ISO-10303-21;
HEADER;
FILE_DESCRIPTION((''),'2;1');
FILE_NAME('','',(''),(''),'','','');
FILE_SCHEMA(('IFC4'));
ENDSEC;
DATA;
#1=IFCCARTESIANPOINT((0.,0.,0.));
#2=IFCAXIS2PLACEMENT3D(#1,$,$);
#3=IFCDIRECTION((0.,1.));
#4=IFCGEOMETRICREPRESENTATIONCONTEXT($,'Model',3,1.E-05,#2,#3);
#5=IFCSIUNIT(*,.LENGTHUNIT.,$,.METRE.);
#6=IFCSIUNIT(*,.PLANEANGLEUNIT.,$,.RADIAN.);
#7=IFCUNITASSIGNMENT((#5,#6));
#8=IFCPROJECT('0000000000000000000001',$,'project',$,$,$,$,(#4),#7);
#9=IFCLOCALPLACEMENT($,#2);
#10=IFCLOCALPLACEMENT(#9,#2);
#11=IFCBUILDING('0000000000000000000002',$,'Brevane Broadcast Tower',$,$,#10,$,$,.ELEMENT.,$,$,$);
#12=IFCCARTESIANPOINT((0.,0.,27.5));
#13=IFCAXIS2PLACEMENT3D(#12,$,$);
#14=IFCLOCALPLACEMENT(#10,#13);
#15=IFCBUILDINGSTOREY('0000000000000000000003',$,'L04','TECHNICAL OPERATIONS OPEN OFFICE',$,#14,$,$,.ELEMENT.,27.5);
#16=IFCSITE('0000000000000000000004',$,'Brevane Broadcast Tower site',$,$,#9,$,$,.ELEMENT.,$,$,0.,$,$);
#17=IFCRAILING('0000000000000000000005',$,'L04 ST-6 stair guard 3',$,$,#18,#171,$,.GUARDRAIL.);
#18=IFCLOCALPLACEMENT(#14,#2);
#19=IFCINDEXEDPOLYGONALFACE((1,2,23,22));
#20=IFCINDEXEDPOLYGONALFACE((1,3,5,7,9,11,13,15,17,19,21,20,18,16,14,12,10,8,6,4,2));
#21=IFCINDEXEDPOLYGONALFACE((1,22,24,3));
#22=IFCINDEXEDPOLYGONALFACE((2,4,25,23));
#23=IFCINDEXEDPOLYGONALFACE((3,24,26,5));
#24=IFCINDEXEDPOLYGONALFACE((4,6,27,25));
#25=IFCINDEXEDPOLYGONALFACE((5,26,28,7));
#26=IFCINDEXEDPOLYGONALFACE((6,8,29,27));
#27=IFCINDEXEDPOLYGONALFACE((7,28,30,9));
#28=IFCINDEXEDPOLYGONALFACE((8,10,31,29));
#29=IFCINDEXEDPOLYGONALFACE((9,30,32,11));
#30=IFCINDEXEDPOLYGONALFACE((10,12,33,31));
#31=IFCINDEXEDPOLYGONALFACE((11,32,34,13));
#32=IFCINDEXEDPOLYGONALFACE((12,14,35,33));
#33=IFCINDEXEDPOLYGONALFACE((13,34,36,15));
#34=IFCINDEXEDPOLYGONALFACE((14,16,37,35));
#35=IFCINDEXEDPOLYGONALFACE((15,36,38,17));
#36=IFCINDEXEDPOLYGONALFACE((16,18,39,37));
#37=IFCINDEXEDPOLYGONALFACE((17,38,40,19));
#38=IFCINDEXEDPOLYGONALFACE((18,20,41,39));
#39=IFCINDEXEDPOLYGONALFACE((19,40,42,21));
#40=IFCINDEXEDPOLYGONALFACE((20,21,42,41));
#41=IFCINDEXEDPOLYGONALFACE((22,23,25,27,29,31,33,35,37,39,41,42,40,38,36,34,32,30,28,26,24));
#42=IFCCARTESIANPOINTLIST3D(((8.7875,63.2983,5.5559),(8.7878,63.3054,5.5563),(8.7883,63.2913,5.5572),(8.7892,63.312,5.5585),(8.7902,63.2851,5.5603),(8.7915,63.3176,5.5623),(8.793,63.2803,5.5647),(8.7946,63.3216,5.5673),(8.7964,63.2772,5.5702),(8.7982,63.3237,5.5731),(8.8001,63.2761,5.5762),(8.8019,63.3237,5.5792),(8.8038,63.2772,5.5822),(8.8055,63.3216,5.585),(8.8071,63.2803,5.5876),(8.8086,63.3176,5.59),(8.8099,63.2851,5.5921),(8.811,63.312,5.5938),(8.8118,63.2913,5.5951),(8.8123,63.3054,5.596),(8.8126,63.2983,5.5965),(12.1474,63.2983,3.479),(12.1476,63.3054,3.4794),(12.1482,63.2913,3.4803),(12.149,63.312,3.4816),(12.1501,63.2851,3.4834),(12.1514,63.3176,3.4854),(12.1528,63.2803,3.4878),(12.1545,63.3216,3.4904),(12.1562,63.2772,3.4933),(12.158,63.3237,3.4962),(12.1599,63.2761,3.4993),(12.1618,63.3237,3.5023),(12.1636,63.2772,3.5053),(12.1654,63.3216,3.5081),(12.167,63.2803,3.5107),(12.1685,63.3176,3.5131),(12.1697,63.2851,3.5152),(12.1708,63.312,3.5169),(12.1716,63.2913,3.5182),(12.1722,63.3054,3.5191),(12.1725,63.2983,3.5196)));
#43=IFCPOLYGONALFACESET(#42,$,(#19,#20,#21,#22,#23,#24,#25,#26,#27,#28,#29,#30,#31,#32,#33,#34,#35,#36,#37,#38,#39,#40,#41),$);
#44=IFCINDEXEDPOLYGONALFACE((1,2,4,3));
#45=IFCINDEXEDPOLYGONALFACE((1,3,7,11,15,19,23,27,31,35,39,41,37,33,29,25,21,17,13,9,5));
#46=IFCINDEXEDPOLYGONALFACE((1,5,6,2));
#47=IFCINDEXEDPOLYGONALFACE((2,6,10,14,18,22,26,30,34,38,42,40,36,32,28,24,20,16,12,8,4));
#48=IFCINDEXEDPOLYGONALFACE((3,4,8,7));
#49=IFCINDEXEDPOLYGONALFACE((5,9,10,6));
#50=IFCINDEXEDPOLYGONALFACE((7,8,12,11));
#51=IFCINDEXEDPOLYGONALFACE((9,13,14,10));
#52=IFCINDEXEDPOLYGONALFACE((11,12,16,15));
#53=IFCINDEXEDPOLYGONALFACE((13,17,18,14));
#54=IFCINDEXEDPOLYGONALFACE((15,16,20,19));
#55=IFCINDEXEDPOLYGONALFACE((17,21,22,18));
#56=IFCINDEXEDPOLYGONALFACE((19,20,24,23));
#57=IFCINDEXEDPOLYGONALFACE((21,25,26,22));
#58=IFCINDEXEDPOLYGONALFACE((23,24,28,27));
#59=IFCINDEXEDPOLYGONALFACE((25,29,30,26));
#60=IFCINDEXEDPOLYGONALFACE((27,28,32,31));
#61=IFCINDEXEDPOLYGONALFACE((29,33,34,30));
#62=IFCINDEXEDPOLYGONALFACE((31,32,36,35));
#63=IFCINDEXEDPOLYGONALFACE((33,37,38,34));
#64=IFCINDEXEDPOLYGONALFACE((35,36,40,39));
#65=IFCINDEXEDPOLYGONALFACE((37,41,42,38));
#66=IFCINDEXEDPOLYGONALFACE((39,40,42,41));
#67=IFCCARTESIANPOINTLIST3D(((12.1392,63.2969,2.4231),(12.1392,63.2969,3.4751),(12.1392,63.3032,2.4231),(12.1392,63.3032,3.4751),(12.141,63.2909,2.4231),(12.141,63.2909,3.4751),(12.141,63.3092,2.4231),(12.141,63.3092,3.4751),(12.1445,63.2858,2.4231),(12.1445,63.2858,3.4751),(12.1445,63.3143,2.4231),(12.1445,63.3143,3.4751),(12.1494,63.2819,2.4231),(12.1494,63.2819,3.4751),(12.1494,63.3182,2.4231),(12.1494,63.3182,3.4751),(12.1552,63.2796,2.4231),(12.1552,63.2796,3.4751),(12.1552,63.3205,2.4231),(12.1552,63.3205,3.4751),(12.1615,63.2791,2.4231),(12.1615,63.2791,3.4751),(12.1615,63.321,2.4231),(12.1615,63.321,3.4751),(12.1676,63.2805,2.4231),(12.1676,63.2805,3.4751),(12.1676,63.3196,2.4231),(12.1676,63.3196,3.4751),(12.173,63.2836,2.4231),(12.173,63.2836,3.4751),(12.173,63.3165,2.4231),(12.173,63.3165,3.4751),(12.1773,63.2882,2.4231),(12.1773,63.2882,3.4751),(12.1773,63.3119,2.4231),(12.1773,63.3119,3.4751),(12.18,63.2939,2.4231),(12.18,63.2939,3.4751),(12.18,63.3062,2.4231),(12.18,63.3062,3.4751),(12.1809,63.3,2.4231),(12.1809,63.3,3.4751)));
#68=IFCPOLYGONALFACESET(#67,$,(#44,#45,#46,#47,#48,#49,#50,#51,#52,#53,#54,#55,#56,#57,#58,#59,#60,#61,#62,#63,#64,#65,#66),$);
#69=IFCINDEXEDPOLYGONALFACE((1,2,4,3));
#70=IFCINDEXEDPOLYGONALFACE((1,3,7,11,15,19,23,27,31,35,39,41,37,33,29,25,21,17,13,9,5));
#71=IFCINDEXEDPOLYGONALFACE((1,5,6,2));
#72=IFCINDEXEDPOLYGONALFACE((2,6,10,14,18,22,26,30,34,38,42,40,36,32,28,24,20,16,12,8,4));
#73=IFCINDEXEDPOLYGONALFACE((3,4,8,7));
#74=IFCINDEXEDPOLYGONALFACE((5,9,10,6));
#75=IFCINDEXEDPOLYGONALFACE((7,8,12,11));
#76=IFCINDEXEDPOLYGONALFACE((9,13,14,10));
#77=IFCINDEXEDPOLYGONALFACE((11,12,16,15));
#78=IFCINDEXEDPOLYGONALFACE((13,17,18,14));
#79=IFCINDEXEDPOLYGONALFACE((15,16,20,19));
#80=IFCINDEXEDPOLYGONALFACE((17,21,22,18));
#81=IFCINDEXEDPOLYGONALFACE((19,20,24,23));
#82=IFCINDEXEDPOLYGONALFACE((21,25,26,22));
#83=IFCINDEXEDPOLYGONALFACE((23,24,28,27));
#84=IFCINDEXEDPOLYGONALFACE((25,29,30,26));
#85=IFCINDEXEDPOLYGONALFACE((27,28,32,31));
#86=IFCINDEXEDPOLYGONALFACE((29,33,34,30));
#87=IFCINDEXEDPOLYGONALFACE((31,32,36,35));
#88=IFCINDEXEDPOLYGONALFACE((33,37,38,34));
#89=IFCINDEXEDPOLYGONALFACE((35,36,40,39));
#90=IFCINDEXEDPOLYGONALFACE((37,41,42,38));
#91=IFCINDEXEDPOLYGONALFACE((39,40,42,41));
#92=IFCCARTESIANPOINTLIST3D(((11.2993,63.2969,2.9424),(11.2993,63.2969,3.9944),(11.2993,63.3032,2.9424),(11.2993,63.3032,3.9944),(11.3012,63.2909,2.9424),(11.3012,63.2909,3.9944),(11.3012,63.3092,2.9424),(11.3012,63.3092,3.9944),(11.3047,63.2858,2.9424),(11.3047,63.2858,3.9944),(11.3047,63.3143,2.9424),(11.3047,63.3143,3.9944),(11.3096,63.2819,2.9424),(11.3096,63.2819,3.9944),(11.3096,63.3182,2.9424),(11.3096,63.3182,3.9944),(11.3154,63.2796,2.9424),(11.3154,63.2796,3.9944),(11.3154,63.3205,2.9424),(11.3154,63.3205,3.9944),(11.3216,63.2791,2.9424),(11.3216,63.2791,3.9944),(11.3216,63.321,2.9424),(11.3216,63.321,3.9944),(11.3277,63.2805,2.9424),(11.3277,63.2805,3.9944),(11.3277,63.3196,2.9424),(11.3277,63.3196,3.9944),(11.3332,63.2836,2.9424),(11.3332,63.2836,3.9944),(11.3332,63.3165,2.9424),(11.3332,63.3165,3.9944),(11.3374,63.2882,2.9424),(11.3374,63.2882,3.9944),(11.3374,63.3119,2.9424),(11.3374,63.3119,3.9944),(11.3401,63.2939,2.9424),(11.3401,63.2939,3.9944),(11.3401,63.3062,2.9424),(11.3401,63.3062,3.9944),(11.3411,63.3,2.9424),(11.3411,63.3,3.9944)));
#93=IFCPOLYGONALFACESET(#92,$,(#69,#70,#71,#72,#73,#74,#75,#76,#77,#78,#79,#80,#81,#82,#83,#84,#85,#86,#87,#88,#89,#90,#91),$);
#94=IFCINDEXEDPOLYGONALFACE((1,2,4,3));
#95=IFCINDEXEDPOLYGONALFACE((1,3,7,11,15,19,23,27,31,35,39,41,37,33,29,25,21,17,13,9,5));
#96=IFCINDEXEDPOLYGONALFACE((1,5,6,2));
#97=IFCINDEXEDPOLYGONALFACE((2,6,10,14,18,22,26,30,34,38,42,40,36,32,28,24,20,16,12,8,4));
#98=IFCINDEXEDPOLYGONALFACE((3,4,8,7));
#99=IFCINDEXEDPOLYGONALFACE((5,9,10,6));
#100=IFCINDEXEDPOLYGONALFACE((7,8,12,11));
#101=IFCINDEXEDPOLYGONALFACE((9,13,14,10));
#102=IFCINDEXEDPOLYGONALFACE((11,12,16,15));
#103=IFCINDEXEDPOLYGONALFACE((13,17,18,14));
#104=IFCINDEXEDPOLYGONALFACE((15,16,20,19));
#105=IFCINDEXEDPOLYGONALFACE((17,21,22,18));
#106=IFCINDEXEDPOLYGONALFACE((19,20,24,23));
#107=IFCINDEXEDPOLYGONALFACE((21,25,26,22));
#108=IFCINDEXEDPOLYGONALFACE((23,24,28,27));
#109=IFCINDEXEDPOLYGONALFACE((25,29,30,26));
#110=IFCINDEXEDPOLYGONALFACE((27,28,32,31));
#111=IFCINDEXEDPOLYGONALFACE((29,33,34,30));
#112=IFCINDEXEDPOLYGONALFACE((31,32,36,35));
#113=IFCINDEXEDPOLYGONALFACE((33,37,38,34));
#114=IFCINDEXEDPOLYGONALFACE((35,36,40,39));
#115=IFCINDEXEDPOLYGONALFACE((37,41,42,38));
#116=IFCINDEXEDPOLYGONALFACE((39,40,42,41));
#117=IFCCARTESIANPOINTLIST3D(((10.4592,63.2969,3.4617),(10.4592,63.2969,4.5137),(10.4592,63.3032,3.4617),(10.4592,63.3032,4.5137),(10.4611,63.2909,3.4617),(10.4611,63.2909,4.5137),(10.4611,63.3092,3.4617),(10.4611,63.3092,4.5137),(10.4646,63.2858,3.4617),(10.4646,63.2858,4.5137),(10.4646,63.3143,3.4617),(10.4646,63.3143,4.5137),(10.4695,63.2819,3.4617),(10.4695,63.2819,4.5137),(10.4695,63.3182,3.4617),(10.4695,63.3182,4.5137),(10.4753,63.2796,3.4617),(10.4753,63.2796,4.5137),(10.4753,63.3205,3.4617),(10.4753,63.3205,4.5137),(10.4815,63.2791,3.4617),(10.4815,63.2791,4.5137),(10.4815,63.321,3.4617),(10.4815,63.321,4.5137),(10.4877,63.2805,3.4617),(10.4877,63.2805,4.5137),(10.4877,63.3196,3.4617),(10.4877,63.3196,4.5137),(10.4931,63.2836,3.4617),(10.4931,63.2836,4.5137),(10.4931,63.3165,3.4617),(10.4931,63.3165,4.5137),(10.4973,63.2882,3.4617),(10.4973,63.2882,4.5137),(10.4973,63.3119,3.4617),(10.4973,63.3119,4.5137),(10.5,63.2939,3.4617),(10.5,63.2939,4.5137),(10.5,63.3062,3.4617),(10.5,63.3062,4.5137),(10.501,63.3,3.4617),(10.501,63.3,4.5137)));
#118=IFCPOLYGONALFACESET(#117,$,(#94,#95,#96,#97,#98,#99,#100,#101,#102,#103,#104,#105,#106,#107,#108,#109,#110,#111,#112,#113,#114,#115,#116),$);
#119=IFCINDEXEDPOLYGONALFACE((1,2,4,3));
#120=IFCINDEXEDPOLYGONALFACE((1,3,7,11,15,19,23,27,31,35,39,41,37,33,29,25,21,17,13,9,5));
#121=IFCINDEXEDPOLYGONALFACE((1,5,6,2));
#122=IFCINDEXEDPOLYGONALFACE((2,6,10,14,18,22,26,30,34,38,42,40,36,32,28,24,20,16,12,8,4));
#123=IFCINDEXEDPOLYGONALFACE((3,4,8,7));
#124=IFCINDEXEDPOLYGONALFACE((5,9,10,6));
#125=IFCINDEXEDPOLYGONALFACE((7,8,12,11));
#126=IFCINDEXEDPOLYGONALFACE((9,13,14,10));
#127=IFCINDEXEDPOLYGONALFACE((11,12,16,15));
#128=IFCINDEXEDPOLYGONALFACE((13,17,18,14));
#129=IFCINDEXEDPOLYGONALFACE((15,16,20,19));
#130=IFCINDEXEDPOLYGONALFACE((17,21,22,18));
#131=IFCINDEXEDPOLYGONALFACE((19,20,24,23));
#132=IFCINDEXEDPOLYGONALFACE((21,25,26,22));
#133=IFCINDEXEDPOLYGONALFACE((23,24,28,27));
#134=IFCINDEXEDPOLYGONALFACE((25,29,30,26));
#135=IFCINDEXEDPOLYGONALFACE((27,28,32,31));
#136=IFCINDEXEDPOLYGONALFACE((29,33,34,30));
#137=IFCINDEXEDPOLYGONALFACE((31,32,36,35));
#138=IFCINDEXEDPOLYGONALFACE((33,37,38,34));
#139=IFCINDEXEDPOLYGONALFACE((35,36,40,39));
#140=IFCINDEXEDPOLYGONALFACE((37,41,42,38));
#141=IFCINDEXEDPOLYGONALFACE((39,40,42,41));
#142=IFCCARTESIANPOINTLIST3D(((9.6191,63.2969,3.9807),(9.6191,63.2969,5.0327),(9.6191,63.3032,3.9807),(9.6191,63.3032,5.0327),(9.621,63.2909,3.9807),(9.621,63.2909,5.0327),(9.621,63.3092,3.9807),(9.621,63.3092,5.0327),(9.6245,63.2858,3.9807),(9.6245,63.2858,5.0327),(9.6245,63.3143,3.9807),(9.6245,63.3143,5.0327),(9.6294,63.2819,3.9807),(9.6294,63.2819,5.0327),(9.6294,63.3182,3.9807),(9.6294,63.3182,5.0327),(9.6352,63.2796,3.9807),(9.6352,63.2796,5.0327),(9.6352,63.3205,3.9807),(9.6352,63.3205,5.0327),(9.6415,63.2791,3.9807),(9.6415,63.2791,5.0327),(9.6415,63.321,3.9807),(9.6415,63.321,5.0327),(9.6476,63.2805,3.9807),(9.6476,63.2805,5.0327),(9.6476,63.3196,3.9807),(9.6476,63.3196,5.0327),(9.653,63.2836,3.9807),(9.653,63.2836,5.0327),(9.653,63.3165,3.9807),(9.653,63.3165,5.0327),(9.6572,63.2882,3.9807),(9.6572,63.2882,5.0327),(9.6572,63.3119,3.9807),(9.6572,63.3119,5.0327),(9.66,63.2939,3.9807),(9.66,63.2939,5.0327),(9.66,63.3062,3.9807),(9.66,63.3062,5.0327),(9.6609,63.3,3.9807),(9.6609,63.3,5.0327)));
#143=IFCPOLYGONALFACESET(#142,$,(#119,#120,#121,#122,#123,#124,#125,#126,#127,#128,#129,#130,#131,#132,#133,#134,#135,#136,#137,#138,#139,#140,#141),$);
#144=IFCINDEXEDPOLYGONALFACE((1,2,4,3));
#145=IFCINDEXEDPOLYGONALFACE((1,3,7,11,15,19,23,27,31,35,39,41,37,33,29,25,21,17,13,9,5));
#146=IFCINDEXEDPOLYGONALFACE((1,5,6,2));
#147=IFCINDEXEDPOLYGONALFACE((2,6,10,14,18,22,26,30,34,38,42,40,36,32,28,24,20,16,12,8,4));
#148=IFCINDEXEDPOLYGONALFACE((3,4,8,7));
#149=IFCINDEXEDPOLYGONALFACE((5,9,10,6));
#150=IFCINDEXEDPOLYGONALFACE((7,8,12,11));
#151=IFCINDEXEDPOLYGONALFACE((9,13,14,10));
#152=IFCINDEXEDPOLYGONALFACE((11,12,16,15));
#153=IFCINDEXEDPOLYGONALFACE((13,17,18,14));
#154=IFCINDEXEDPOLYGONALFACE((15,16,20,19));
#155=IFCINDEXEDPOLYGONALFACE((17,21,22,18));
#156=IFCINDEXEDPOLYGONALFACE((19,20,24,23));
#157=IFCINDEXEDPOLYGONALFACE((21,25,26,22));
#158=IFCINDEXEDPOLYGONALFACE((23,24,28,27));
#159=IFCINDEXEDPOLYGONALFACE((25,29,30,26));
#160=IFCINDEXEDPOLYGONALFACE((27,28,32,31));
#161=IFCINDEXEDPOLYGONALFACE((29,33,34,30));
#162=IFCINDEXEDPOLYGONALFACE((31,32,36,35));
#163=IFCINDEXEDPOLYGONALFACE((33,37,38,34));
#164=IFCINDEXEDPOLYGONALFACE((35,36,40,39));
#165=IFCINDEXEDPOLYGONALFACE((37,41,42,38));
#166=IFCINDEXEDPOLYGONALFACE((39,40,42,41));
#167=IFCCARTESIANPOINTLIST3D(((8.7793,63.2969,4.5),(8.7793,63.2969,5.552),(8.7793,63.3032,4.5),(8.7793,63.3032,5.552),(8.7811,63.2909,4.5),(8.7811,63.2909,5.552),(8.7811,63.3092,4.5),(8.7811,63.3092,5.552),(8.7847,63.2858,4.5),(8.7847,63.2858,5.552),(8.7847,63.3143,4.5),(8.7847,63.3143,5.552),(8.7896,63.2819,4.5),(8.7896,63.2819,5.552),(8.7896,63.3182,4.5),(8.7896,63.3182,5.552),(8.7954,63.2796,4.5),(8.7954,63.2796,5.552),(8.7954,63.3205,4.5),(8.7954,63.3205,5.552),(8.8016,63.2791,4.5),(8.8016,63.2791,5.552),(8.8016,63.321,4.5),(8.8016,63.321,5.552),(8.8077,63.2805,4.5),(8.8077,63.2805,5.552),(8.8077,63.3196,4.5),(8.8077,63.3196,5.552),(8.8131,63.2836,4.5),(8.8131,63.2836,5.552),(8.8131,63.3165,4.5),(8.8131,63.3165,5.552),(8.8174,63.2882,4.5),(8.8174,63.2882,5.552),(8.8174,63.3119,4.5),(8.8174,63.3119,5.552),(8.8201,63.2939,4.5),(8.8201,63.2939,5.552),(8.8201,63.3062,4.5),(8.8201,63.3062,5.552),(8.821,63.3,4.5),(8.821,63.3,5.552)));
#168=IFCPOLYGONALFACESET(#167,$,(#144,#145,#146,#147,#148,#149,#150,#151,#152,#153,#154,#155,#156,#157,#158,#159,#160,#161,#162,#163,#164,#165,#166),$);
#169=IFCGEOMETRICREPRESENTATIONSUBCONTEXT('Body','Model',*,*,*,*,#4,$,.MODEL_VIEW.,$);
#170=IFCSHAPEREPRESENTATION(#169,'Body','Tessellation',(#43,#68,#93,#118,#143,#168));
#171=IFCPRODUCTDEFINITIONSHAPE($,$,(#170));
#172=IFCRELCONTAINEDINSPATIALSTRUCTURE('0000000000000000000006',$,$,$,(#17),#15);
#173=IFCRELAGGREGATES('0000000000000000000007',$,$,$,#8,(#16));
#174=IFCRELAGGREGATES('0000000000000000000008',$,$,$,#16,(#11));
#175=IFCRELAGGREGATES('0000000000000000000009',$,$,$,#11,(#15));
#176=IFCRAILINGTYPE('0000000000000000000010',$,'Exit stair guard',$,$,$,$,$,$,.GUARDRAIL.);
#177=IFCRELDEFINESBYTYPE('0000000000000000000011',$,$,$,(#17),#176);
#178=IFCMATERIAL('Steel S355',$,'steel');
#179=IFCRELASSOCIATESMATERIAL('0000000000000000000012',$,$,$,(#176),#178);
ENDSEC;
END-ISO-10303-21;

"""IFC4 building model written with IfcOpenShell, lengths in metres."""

from ifc_helpers import new_model, si_unit, direction, frame, origin, origin_2d, place, context, subcontext, project, spatial, circle, extrude, material, type_object, element, save


model = new_model("IFC4")

# Units and contexts
model_context = context("Model", 3, precision=1e-05, world=origin(), true_north=direction((0.0, 1.0)))
body_context = subcontext(model_context, "Body", "Model", "MODEL_VIEW")
ifc_project = project(units=[si_unit("LENGTHUNIT", "METRE"), si_unit("PLANEANGLEUNIT", "RADIAN")], contexts=[model_context])

# Site, building, storey
site_placement = place(None, origin())
site = spatial("IfcSite", under=ifc_project, at=site_placement, Name="Brevane Broadcast Tower site", CompositionType="ELEMENT", RefElevation=0.0)
building_placement = place(site_placement, origin())
building = spatial("IfcBuilding", under=site, at=building_placement, Name="Brevane Broadcast Tower", CompositionType="ELEMENT")
storey_placement = place(building_placement, frame((0.0, 0.0, 27.5)))
storey = spatial("IfcBuildingStorey", under=building, at=storey_placement, Name="L04", Description="TECHNICAL OPERATIONS OPEN OFFICE", CompositionType="ELEMENT", Elevation=27.5)

# Railing
ifc_material_1 = material(Name="Steel S355", Category="steel")
railing_type_1 = type_object("IfcRailingType", Name="Exit stair guard", PredefinedType="GUARDRAIL", material=ifc_material_1)
railing_1_placement = place(storey_placement, frame((12.1599, 63.3, 2.4231)))
element("IfcRailing", 1, at=railing_1_placement, inside=storey, type_object=railing_type_1, Name="L04 ST-6 stair guard 3", PredefinedType="GUARDRAIL", context=body_context, shape_type="SweptSolid", body=[
    extrude(circle(Radius=0.0239, at=origin_2d()), frame((0.0, 0.0, 1.0762), z_axis=(-0.850606, 0.0, 0.525803), x_axis=(0.0, -1.0, 0.0)), (0.0, 0.0, 1.0), 3.95),
    extrude(circle(Radius=0.021, at=origin_2d()), origin(), (0.0, 0.0, 1.0), 1.052),
    extrude(circle(Radius=0.021, at=origin_2d()), frame((-0.8398, 0.0, 0.5193)), (0.0, 0.0, 1.0), 1.052),
    extrude(circle(Radius=0.021, at=origin_2d()), frame((-1.6799, 0.0, 1.0386)), (0.0, 0.0, 1.0), 1.052),
    extrude(circle(Radius=0.021, at=origin_2d()), frame((-2.52, 0.0, 1.5576)), (0.0, 0.0, 1.0), 1.052),
    extrude(circle(Radius=0.021, at=origin_2d()), frame((-3.3599, 0.0, 2.0769)), (0.0, 0.0, 1.0), 1.052),
])

save(model, "model.ifc")
